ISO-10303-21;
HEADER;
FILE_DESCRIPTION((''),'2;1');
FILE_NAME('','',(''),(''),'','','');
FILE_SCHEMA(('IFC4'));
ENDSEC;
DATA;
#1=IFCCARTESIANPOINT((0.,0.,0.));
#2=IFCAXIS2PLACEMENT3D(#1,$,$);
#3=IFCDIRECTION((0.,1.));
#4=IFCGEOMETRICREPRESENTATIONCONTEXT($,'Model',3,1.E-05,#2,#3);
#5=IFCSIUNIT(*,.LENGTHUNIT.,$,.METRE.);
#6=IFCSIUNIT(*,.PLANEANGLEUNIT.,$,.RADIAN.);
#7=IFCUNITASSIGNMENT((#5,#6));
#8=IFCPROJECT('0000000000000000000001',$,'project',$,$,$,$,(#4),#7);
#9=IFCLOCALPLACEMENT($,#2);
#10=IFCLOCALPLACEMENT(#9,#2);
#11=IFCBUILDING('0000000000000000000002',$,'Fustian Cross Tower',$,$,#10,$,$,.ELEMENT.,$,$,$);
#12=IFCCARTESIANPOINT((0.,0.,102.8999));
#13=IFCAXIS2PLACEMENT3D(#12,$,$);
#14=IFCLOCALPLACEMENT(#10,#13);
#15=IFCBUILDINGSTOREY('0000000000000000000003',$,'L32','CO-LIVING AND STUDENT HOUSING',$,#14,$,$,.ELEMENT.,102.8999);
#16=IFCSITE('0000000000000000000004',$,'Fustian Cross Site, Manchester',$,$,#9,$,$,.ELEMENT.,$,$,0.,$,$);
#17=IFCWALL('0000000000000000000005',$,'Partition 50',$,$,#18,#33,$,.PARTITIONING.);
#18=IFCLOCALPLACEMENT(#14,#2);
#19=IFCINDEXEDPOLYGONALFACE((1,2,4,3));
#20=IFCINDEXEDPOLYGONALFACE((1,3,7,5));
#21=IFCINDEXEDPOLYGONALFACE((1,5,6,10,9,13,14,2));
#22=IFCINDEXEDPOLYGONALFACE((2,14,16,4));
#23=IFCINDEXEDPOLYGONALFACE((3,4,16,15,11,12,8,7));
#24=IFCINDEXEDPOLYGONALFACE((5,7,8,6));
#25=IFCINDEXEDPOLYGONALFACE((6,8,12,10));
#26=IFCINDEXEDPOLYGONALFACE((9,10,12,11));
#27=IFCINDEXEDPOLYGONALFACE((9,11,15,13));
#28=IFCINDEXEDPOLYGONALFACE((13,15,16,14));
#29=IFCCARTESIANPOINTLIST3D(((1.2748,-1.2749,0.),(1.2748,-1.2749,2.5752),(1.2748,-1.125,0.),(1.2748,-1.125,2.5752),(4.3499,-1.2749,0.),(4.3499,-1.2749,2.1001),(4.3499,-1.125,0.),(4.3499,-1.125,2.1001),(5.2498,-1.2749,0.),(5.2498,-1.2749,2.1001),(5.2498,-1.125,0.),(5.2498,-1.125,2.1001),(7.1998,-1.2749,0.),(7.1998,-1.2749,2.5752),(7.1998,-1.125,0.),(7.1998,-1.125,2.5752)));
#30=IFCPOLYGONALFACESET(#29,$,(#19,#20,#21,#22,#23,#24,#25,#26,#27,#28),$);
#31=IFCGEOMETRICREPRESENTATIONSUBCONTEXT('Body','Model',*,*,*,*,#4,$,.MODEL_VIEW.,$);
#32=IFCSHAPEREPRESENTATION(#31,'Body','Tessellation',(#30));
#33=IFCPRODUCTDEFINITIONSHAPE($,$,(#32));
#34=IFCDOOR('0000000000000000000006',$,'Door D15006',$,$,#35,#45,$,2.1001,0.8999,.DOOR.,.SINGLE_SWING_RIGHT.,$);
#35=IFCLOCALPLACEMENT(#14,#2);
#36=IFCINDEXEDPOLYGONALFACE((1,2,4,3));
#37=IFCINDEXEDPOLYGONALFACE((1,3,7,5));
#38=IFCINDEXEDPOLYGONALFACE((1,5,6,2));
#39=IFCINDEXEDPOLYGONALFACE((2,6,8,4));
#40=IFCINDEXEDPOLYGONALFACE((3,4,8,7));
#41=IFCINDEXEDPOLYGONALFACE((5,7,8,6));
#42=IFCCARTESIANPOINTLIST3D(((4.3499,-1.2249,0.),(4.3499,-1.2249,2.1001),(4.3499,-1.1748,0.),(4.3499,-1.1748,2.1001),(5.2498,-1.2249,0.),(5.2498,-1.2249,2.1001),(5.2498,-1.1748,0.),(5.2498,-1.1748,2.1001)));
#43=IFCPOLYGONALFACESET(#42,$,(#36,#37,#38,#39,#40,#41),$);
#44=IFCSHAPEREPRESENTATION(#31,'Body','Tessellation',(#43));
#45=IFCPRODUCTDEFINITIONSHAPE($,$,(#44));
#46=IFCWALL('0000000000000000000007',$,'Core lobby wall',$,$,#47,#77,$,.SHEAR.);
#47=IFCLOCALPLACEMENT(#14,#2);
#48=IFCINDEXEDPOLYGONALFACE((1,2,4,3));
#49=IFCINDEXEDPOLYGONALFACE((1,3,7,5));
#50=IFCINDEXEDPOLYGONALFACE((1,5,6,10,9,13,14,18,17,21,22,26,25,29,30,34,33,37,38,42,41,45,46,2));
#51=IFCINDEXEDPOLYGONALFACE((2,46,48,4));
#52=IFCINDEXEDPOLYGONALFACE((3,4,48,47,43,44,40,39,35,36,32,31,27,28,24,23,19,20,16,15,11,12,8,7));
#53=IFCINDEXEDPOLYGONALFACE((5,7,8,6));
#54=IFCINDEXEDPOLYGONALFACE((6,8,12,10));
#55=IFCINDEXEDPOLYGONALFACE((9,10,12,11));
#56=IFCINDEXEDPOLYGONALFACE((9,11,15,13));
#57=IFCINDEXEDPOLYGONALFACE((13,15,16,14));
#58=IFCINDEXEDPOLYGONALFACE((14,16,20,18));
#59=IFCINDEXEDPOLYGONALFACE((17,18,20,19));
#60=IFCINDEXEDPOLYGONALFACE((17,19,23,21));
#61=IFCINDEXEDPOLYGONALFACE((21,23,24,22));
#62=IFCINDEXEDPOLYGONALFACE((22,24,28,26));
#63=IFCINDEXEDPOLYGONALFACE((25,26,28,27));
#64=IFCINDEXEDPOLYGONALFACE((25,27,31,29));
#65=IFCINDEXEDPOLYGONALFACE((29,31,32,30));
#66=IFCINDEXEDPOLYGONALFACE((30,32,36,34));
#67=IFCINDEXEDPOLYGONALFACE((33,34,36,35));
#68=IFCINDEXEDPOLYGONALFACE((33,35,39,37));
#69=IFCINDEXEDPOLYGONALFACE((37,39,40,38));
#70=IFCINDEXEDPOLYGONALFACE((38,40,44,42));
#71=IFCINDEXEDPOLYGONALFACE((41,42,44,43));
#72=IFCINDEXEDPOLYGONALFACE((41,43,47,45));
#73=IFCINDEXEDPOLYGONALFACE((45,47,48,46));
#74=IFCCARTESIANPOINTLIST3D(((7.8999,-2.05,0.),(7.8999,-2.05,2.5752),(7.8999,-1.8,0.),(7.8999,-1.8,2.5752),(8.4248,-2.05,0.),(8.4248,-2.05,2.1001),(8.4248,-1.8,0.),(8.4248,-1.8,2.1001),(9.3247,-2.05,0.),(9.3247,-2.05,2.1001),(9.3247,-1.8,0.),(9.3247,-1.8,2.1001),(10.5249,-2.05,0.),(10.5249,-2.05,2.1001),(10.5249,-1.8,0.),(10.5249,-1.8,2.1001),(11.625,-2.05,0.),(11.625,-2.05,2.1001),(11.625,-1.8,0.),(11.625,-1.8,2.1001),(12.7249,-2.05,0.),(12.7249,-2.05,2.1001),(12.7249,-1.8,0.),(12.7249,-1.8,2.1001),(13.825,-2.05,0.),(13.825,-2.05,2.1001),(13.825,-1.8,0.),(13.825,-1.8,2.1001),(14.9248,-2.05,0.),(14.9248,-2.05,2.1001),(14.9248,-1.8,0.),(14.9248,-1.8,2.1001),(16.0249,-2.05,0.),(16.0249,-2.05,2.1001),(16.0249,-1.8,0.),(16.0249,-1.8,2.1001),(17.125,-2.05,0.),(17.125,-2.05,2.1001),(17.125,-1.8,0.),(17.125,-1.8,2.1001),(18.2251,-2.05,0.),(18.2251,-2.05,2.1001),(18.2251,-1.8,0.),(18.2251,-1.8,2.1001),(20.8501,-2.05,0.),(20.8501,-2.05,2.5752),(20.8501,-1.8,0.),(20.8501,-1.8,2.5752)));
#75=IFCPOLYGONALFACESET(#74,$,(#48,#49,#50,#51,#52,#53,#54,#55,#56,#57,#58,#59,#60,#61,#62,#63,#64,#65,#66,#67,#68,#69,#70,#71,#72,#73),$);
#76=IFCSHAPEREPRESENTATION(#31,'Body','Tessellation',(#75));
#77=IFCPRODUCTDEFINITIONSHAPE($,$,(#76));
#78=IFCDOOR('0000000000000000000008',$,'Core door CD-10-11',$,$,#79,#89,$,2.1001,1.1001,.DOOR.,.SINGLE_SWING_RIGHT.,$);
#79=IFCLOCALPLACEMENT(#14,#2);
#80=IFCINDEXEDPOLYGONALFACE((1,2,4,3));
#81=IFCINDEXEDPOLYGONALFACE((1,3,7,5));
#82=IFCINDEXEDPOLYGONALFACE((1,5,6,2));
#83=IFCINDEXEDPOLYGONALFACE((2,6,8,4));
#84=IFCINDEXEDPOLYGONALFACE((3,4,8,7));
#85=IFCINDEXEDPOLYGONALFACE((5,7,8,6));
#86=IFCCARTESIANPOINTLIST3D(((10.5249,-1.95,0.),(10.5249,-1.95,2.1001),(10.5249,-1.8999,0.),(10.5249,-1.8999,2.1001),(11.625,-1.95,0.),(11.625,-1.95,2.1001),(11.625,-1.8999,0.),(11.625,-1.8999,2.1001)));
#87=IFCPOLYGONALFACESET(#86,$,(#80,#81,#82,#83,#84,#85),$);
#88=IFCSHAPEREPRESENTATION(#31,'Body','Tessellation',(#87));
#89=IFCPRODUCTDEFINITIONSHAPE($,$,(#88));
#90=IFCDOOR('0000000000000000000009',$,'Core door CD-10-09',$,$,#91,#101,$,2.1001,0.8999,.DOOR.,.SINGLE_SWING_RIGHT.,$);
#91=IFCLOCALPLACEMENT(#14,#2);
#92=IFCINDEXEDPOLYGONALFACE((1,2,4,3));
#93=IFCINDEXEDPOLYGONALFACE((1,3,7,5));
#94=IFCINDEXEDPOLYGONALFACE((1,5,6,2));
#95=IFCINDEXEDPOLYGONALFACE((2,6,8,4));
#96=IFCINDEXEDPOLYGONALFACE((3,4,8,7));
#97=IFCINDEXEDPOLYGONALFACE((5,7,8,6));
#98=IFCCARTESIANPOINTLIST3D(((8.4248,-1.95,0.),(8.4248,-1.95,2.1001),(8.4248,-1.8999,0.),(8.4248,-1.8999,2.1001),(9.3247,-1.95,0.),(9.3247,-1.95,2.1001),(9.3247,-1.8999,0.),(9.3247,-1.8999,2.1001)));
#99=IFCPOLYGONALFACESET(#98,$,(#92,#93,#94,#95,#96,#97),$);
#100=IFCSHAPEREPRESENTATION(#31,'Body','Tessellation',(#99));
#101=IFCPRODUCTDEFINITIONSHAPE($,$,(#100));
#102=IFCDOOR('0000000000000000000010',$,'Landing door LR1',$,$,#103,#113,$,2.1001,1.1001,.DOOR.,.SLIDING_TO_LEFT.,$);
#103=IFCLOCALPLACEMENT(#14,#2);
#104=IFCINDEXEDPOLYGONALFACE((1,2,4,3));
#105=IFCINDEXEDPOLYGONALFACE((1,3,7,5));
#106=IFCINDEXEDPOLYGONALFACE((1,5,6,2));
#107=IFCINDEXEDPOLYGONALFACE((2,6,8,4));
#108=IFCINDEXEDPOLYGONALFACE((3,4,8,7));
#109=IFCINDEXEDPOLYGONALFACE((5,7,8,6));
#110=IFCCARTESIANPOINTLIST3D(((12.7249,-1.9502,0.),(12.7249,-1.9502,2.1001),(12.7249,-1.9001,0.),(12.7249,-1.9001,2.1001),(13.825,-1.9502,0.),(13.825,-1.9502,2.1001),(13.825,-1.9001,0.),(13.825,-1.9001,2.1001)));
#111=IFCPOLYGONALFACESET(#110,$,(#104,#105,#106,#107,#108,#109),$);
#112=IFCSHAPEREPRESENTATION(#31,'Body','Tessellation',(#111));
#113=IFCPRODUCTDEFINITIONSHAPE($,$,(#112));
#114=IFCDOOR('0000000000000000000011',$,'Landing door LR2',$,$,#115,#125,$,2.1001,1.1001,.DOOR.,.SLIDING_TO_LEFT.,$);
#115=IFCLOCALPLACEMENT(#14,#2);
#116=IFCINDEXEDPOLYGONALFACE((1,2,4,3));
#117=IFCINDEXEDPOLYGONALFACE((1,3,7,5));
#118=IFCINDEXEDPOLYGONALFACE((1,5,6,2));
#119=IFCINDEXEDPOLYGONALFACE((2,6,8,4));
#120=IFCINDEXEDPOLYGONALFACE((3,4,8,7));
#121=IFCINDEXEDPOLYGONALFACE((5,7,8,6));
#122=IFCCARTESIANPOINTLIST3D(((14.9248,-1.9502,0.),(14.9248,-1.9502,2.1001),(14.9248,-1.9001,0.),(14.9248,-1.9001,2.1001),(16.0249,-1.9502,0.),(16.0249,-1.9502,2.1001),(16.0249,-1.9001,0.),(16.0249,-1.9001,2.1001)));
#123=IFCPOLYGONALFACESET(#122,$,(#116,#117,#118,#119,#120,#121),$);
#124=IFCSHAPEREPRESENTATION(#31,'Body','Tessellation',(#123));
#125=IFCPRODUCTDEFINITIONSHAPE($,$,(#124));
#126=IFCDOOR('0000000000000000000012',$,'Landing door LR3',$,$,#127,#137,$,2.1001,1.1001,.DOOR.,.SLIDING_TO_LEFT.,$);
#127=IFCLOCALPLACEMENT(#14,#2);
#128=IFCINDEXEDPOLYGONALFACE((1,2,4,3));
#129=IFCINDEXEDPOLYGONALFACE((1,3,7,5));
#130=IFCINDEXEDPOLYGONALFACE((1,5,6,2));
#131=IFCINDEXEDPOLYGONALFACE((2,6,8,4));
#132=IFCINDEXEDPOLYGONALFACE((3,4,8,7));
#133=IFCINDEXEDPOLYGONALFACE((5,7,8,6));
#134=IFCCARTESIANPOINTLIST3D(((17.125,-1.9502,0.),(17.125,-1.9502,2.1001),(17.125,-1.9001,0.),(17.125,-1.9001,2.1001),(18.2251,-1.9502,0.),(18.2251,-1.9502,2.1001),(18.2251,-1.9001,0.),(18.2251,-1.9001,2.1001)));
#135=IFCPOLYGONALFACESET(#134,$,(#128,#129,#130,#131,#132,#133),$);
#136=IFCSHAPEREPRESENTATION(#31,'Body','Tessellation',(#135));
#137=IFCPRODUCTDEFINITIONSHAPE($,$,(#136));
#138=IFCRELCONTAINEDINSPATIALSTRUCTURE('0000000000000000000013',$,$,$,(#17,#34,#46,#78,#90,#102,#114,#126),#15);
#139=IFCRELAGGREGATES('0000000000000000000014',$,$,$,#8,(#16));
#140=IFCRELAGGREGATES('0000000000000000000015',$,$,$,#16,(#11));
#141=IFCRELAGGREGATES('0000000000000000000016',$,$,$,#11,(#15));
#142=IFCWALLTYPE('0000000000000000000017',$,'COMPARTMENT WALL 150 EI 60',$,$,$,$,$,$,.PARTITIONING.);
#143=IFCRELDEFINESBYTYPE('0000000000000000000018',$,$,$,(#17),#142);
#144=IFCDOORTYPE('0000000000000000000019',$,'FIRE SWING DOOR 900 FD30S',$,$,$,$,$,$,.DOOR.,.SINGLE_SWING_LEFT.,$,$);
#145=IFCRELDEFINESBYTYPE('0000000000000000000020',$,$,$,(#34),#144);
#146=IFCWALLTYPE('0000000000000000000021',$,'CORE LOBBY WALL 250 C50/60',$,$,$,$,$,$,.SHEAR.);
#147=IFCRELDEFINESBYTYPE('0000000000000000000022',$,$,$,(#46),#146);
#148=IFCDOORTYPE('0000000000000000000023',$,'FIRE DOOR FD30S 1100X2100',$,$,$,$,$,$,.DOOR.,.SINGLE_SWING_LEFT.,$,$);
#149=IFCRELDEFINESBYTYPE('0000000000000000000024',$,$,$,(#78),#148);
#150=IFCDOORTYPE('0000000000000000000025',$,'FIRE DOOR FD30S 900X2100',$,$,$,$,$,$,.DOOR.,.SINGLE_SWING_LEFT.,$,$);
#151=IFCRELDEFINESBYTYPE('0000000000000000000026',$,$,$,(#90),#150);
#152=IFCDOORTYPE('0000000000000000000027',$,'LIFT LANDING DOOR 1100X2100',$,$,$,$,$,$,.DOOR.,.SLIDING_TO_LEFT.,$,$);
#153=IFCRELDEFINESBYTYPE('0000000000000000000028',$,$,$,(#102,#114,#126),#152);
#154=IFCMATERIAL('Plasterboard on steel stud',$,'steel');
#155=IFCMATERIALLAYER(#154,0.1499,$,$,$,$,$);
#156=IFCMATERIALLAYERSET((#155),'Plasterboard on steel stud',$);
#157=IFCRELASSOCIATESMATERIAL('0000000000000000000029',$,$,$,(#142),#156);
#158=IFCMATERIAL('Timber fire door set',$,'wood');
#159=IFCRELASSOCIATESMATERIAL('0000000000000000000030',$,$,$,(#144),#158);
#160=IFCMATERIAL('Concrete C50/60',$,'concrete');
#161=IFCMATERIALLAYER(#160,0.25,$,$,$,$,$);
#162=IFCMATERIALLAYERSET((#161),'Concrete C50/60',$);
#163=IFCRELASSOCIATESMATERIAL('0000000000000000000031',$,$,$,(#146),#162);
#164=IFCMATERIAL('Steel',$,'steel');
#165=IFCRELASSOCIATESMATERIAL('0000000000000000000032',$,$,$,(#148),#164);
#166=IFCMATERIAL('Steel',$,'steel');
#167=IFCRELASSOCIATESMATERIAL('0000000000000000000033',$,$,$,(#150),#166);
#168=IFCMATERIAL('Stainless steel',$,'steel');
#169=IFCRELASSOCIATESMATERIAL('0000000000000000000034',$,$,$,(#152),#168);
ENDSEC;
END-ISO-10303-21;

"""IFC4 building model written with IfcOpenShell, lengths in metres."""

from ifc_helpers import new_model, si_unit, direction, frame, frame_2d, origin, place, context, subcontext, project, spatial, rectangle, extrude, material, layer, layer_set, type_object, element, fill, save


model = new_model("IFC4")

# Units and contexts
model_context = context("Model", 3, precision=1e-05, world=origin(), true_north=direction((0.0, 1.0)))
body_context = subcontext(model_context, "Body", "Model", "MODEL_VIEW")
ifc_project = project(units=[si_unit("LENGTHUNIT", "METRE"), si_unit("PLANEANGLEUNIT", "RADIAN")], contexts=[model_context])

# Site, building, storey
site_placement = place(None, origin())
site = spatial("IfcSite", under=ifc_project, at=site_placement, Name="Fustian Cross Site, Manchester", CompositionType="ELEMENT", RefElevation=0.0)
building_placement = place(site_placement, origin())
building = spatial("IfcBuilding", under=site, at=building_placement, Name="Fustian Cross Tower", CompositionType="ELEMENT")
storey_placement = place(building_placement, frame((0.0, 0.0, 102.8999)))
storey = spatial("IfcBuildingStorey", under=building, at=storey_placement, Name="L32", Description="CO-LIVING AND STUDENT HOUSING", CompositionType="ELEMENT", Elevation=102.8999)

# Wall, opening, door
ifc_material_1 = material(Name="Plasterboard on steel stud", Category="steel")
ifc_layer_1 = layer(ifc_material_1, 0.1499)
ifc_layer_set_1 = layer_set([ifc_layer_1], Name="Plasterboard on steel stud")
wall_type_1 = type_object("IfcWallType", Name="COMPARTMENT WALL 150 EI 60", PredefinedType="PARTITIONING", material=ifc_layer_set_1)
wall_1_placement = place(storey_placement, frame((1.2749, -1.2, 0.0), z_axis=(0.0, 0.0, 1.0), x_axis=(1.0, 0.0, 0.0)))
wall_1 = element("IfcWall", 1, at=wall_1_placement, inside=storey, type_object=wall_type_1, Name="Partition 50", PredefinedType="PARTITIONING", context=body_context, shape_type="SweptSolid", body=[
    extrude(rectangle(XDim=5.925, YDim=0.1499, at=frame_2d((2.9624, 0.0))), origin(), (0.0, 0.0, 1.0), 2.5752),
])
opening_1_placement = place(wall_1_placement, frame((3.075, 0.0, 0.0)))
opening_1 = element("IfcOpeningElement", 2, at=opening_1_placement, cuts=wall_1, PredefinedType="OPENING", context=body_context, shape_type="SweptSolid", body=[
    extrude(rectangle(XDim=0.8999, YDim=2.1001, at=frame_2d((0.45, 1.05))), frame((0.0, 0.085, 0.0), z_axis=(0.0, -1.0, 0.0), x_axis=(1.0, 0.0, 0.0)), (0.0, 0.0, 1.0), 0.1699),
])
ifc_material_2 = material(Name="Timber fire door set", Category="wood")
door_type_1 = type_object("IfcDoorType", Name="FIRE SWING DOOR 900 FD30S", OperationType="SINGLE_SWING_LEFT", PredefinedType="DOOR", material=ifc_material_2)
door_1_placement = place(opening_1_placement, frame((0.8999, 0.0, 0.0), z_axis=(0.0, 0.0, 1.0), x_axis=(-1.0, 0.0, 0.0)))
door_1 = element("IfcDoor", 3, at=door_1_placement, inside=storey, type_object=door_type_1, Name="Door D15006", OperationType="SINGLE_SWING_RIGHT", OverallHeight=2.1001, OverallWidth=0.8999, PredefinedType="DOOR", context=body_context, shape_type="SweptSolid", body=[
    extrude(rectangle(XDim=0.8999, YDim=2.1001, at=frame_2d((0.45, 1.05))), frame((0.0, 0.0249, 0.0), z_axis=(0.0, -1.0, 0.0), x_axis=(1.0, 0.0, 0.0)), (0.0, 0.0, 1.0), 0.05),
])
fill(opening_1, door_1)

# Wall, openings, doors
ifc_material_3 = material(Name="Concrete C50/60", Category="concrete")
ifc_layer_2 = layer(ifc_material_3, 0.25)
ifc_layer_set_2 = layer_set([ifc_layer_2], Name="Concrete C50/60")
wall_type_2 = type_object("IfcWallType", Name="CORE LOBBY WALL 250 C50/60", PredefinedType="SHEAR", material=ifc_layer_set_2)
wall_2_placement = place(storey_placement, frame((7.8999, -1.925, 0.0), z_axis=(0.0, 0.0, 1.0), x_axis=(1.0, 0.0, 0.0)))
wall_2 = element("IfcWall", 4, at=wall_2_placement, inside=storey, type_object=wall_type_2, Name="Core lobby wall", PredefinedType="SHEAR", context=body_context, shape_type="SweptSolid", body=[
    extrude(rectangle(XDim=12.9502, YDim=0.25, at=frame_2d((6.4751, 0.0))), origin(), (0.0, 0.0, 1.0), 2.5752),
])
opening_2_placement = place(wall_2_placement, frame((4.825, 0.0, 0.0)))
opening_2 = element("IfcOpeningElement", 5, at=opening_2_placement, cuts=wall_2, PredefinedType="OPENING", context=body_context, shape_type="SweptSolid", body=[
    extrude(rectangle(XDim=1.1001, YDim=2.1001, at=frame_2d((0.55, 1.05))), frame((0.0, 0.135, 0.0), z_axis=(0.0, -1.0, 0.0), x_axis=(1.0, 0.0, 0.0)), (0.0, 0.0, 1.0), 0.27),
])
opening_3_placement = place(wall_2_placement, frame((7.0249, 0.0, 0.0)))
opening_3 = element("IfcOpeningElement", 6, at=opening_3_placement, cuts=wall_2, PredefinedType="OPENING", context=body_context, shape_type="SweptSolid", body=[
    extrude(rectangle(XDim=1.1001, YDim=2.1001, at=frame_2d((0.55, 1.05))), frame((0.0, 0.135, 0.0), z_axis=(0.0, -1.0, 0.0), x_axis=(1.0, 0.0, 0.0)), (0.0, 0.0, 1.0), 0.27),
])
opening_4_placement = place(wall_2_placement, frame((9.2251, 0.0, 0.0)))
opening_4 = element("IfcOpeningElement", 7, at=opening_4_placement, cuts=wall_2, PredefinedType="OPENING", context=body_context, shape_type="SweptSolid", body=[
    extrude(rectangle(XDim=1.1001, YDim=2.1001, at=frame_2d((0.55, 1.05))), frame((0.0, 0.135, 0.0), z_axis=(0.0, -1.0, 0.0), x_axis=(1.0, 0.0, 0.0)), (0.0, 0.0, 1.0), 0.27),
])
opening_5_placement = place(wall_2_placement, frame((0.5249, 0.0, 0.0)))
opening_5 = element("IfcOpeningElement", 8, at=opening_5_placement, cuts=wall_2, PredefinedType="OPENING", context=body_context, shape_type="SweptSolid", body=[
    extrude(rectangle(XDim=0.8999, YDim=2.1001, at=frame_2d((0.45, 1.05))), frame((0.0, 0.135, 0.0), z_axis=(0.0, -1.0, 0.0), x_axis=(1.0, 0.0, 0.0)), (0.0, 0.0, 1.0), 0.27),
])
opening_6_placement = place(wall_2_placement, frame((2.625, 0.0, 0.0)))
opening_6 = element("IfcOpeningElement", 9, at=opening_6_placement, cuts=wall_2, PredefinedType="OPENING", context=body_context, shape_type="SweptSolid", body=[
    extrude(rectangle(XDim=1.1001, YDim=2.1001, at=frame_2d((0.55, 1.05))), frame((0.0, 0.135, 0.0), z_axis=(0.0, -1.0, 0.0), x_axis=(1.0, 0.0, 0.0)), (0.0, 0.0, 1.0), 0.27),
])
ifc_material_4 = material(Name="Steel", Category="steel")
door_type_2 = type_object("IfcDoorType", Name="FIRE DOOR FD30S 1100X2100", OperationType="SINGLE_SWING_LEFT", PredefinedType="DOOR", material=ifc_material_4)
door_2_placement = place(opening_6_placement, frame((1.1001, 0.0, 0.0), z_axis=(0.0, 0.0, 1.0), x_axis=(-1.0, 0.0, 0.0)))
door_2 = element("IfcDoor", 10, at=door_2_placement, inside=storey, type_object=door_type_2, Name="Core door CD-10-11", OperationType="SINGLE_SWING_RIGHT", OverallHeight=2.1001, OverallWidth=1.1001, PredefinedType="DOOR", context=body_context, shape_type="SweptSolid", body=[
    extrude(rectangle(XDim=1.1001, YDim=2.1001, at=frame_2d((0.55, 1.05))), frame((0.0, 0.0249, 0.0), z_axis=(0.0, -1.0, 0.0), x_axis=(1.0, 0.0, 0.0)), (0.0, 0.0, 1.0), 0.05),
])
fill(opening_6, door_2)
ifc_material_5 = material(Name="Steel", Category="steel")
door_type_3 = type_object("IfcDoorType", Name="FIRE DOOR FD30S 900X2100", OperationType="SINGLE_SWING_LEFT", PredefinedType="DOOR", material=ifc_material_5)
door_3_placement = place(opening_5_placement, frame((0.8999, 0.0, 0.0), z_axis=(0.0, 0.0, 1.0), x_axis=(-1.0, 0.0, 0.0)))
door_3 = element("IfcDoor", 11, at=door_3_placement, inside=storey, type_object=door_type_3, Name="Core door CD-10-09", OperationType="SINGLE_SWING_RIGHT", OverallHeight=2.1001, OverallWidth=0.8999, PredefinedType="DOOR", context=body_context, shape_type="SweptSolid", body=[
    extrude(rectangle(XDim=0.8999, YDim=2.1001, at=frame_2d((0.45, 1.05))), frame((0.0, 0.0249, 0.0), z_axis=(0.0, -1.0, 0.0), x_axis=(1.0, 0.0, 0.0)), (0.0, 0.0, 1.0), 0.05),
])
fill(opening_5, door_3)
ifc_material_6 = material(Name="Stainless steel", Category="steel")
door_type_4 = type_object("IfcDoorType", Name="LIFT LANDING DOOR 1100X2100", OperationType="SLIDING_TO_LEFT", PredefinedType="DOOR", material=ifc_material_6)
door_4_placement = place(opening_2_placement, origin())
door_4 = element("IfcDoor", 12, at=door_4_placement, inside=storey, type_object=door_type_4, Name="Landing door LR1", OperationType="SLIDING_TO_LEFT", OverallHeight=2.1001, OverallWidth=1.1001, PredefinedType="DOOR", context=body_context, shape_type="SweptSolid", body=[
    extrude(rectangle(XDim=1.1001, YDim=2.1001, at=frame_2d((0.55, 1.05))), frame((0.0, 0.0249, 0.0), z_axis=(0.0, -1.0, 0.0), x_axis=(1.0, 0.0, 0.0)), (0.0, 0.0, 1.0), 0.05),
])
fill(opening_2, door_4)
door_5_placement = place(opening_3_placement, origin())
door_5 = element("IfcDoor", 13, at=door_5_placement, inside=storey, type_object=door_type_4, Name="Landing door LR2", OperationType="SLIDING_TO_LEFT", OverallHeight=2.1001, OverallWidth=1.1001, PredefinedType="DOOR", context=body_context, shape_type="SweptSolid", body=[
    extrude(rectangle(XDim=1.1001, YDim=2.1001, at=frame_2d((0.55, 1.05))), frame((0.0, 0.0249, 0.0), z_axis=(0.0, -1.0, 0.0), x_axis=(1.0, 0.0, 0.0)), (0.0, 0.0, 1.0), 0.05),
])
fill(opening_3, door_5)
door_6_placement = place(opening_4_placement, origin())
door_6 = element("IfcDoor", 14, at=door_6_placement, inside=storey, type_object=door_type_4, Name="Landing door LR3", OperationType="SLIDING_TO_LEFT", OverallHeight=2.1001, OverallWidth=1.1001, PredefinedType="DOOR", context=body_context, shape_type="SweptSolid", body=[
    extrude(rectangle(XDim=1.1001, YDim=2.1001, at=frame_2d((0.55, 1.05))), frame((0.0, 0.0249, 0.0), z_axis=(0.0, -1.0, 0.0), x_axis=(1.0, 0.0, 0.0)), (0.0, 0.0, 1.0), 0.05),
])
fill(opening_4, door_6)

save(model, "model.ifc")
